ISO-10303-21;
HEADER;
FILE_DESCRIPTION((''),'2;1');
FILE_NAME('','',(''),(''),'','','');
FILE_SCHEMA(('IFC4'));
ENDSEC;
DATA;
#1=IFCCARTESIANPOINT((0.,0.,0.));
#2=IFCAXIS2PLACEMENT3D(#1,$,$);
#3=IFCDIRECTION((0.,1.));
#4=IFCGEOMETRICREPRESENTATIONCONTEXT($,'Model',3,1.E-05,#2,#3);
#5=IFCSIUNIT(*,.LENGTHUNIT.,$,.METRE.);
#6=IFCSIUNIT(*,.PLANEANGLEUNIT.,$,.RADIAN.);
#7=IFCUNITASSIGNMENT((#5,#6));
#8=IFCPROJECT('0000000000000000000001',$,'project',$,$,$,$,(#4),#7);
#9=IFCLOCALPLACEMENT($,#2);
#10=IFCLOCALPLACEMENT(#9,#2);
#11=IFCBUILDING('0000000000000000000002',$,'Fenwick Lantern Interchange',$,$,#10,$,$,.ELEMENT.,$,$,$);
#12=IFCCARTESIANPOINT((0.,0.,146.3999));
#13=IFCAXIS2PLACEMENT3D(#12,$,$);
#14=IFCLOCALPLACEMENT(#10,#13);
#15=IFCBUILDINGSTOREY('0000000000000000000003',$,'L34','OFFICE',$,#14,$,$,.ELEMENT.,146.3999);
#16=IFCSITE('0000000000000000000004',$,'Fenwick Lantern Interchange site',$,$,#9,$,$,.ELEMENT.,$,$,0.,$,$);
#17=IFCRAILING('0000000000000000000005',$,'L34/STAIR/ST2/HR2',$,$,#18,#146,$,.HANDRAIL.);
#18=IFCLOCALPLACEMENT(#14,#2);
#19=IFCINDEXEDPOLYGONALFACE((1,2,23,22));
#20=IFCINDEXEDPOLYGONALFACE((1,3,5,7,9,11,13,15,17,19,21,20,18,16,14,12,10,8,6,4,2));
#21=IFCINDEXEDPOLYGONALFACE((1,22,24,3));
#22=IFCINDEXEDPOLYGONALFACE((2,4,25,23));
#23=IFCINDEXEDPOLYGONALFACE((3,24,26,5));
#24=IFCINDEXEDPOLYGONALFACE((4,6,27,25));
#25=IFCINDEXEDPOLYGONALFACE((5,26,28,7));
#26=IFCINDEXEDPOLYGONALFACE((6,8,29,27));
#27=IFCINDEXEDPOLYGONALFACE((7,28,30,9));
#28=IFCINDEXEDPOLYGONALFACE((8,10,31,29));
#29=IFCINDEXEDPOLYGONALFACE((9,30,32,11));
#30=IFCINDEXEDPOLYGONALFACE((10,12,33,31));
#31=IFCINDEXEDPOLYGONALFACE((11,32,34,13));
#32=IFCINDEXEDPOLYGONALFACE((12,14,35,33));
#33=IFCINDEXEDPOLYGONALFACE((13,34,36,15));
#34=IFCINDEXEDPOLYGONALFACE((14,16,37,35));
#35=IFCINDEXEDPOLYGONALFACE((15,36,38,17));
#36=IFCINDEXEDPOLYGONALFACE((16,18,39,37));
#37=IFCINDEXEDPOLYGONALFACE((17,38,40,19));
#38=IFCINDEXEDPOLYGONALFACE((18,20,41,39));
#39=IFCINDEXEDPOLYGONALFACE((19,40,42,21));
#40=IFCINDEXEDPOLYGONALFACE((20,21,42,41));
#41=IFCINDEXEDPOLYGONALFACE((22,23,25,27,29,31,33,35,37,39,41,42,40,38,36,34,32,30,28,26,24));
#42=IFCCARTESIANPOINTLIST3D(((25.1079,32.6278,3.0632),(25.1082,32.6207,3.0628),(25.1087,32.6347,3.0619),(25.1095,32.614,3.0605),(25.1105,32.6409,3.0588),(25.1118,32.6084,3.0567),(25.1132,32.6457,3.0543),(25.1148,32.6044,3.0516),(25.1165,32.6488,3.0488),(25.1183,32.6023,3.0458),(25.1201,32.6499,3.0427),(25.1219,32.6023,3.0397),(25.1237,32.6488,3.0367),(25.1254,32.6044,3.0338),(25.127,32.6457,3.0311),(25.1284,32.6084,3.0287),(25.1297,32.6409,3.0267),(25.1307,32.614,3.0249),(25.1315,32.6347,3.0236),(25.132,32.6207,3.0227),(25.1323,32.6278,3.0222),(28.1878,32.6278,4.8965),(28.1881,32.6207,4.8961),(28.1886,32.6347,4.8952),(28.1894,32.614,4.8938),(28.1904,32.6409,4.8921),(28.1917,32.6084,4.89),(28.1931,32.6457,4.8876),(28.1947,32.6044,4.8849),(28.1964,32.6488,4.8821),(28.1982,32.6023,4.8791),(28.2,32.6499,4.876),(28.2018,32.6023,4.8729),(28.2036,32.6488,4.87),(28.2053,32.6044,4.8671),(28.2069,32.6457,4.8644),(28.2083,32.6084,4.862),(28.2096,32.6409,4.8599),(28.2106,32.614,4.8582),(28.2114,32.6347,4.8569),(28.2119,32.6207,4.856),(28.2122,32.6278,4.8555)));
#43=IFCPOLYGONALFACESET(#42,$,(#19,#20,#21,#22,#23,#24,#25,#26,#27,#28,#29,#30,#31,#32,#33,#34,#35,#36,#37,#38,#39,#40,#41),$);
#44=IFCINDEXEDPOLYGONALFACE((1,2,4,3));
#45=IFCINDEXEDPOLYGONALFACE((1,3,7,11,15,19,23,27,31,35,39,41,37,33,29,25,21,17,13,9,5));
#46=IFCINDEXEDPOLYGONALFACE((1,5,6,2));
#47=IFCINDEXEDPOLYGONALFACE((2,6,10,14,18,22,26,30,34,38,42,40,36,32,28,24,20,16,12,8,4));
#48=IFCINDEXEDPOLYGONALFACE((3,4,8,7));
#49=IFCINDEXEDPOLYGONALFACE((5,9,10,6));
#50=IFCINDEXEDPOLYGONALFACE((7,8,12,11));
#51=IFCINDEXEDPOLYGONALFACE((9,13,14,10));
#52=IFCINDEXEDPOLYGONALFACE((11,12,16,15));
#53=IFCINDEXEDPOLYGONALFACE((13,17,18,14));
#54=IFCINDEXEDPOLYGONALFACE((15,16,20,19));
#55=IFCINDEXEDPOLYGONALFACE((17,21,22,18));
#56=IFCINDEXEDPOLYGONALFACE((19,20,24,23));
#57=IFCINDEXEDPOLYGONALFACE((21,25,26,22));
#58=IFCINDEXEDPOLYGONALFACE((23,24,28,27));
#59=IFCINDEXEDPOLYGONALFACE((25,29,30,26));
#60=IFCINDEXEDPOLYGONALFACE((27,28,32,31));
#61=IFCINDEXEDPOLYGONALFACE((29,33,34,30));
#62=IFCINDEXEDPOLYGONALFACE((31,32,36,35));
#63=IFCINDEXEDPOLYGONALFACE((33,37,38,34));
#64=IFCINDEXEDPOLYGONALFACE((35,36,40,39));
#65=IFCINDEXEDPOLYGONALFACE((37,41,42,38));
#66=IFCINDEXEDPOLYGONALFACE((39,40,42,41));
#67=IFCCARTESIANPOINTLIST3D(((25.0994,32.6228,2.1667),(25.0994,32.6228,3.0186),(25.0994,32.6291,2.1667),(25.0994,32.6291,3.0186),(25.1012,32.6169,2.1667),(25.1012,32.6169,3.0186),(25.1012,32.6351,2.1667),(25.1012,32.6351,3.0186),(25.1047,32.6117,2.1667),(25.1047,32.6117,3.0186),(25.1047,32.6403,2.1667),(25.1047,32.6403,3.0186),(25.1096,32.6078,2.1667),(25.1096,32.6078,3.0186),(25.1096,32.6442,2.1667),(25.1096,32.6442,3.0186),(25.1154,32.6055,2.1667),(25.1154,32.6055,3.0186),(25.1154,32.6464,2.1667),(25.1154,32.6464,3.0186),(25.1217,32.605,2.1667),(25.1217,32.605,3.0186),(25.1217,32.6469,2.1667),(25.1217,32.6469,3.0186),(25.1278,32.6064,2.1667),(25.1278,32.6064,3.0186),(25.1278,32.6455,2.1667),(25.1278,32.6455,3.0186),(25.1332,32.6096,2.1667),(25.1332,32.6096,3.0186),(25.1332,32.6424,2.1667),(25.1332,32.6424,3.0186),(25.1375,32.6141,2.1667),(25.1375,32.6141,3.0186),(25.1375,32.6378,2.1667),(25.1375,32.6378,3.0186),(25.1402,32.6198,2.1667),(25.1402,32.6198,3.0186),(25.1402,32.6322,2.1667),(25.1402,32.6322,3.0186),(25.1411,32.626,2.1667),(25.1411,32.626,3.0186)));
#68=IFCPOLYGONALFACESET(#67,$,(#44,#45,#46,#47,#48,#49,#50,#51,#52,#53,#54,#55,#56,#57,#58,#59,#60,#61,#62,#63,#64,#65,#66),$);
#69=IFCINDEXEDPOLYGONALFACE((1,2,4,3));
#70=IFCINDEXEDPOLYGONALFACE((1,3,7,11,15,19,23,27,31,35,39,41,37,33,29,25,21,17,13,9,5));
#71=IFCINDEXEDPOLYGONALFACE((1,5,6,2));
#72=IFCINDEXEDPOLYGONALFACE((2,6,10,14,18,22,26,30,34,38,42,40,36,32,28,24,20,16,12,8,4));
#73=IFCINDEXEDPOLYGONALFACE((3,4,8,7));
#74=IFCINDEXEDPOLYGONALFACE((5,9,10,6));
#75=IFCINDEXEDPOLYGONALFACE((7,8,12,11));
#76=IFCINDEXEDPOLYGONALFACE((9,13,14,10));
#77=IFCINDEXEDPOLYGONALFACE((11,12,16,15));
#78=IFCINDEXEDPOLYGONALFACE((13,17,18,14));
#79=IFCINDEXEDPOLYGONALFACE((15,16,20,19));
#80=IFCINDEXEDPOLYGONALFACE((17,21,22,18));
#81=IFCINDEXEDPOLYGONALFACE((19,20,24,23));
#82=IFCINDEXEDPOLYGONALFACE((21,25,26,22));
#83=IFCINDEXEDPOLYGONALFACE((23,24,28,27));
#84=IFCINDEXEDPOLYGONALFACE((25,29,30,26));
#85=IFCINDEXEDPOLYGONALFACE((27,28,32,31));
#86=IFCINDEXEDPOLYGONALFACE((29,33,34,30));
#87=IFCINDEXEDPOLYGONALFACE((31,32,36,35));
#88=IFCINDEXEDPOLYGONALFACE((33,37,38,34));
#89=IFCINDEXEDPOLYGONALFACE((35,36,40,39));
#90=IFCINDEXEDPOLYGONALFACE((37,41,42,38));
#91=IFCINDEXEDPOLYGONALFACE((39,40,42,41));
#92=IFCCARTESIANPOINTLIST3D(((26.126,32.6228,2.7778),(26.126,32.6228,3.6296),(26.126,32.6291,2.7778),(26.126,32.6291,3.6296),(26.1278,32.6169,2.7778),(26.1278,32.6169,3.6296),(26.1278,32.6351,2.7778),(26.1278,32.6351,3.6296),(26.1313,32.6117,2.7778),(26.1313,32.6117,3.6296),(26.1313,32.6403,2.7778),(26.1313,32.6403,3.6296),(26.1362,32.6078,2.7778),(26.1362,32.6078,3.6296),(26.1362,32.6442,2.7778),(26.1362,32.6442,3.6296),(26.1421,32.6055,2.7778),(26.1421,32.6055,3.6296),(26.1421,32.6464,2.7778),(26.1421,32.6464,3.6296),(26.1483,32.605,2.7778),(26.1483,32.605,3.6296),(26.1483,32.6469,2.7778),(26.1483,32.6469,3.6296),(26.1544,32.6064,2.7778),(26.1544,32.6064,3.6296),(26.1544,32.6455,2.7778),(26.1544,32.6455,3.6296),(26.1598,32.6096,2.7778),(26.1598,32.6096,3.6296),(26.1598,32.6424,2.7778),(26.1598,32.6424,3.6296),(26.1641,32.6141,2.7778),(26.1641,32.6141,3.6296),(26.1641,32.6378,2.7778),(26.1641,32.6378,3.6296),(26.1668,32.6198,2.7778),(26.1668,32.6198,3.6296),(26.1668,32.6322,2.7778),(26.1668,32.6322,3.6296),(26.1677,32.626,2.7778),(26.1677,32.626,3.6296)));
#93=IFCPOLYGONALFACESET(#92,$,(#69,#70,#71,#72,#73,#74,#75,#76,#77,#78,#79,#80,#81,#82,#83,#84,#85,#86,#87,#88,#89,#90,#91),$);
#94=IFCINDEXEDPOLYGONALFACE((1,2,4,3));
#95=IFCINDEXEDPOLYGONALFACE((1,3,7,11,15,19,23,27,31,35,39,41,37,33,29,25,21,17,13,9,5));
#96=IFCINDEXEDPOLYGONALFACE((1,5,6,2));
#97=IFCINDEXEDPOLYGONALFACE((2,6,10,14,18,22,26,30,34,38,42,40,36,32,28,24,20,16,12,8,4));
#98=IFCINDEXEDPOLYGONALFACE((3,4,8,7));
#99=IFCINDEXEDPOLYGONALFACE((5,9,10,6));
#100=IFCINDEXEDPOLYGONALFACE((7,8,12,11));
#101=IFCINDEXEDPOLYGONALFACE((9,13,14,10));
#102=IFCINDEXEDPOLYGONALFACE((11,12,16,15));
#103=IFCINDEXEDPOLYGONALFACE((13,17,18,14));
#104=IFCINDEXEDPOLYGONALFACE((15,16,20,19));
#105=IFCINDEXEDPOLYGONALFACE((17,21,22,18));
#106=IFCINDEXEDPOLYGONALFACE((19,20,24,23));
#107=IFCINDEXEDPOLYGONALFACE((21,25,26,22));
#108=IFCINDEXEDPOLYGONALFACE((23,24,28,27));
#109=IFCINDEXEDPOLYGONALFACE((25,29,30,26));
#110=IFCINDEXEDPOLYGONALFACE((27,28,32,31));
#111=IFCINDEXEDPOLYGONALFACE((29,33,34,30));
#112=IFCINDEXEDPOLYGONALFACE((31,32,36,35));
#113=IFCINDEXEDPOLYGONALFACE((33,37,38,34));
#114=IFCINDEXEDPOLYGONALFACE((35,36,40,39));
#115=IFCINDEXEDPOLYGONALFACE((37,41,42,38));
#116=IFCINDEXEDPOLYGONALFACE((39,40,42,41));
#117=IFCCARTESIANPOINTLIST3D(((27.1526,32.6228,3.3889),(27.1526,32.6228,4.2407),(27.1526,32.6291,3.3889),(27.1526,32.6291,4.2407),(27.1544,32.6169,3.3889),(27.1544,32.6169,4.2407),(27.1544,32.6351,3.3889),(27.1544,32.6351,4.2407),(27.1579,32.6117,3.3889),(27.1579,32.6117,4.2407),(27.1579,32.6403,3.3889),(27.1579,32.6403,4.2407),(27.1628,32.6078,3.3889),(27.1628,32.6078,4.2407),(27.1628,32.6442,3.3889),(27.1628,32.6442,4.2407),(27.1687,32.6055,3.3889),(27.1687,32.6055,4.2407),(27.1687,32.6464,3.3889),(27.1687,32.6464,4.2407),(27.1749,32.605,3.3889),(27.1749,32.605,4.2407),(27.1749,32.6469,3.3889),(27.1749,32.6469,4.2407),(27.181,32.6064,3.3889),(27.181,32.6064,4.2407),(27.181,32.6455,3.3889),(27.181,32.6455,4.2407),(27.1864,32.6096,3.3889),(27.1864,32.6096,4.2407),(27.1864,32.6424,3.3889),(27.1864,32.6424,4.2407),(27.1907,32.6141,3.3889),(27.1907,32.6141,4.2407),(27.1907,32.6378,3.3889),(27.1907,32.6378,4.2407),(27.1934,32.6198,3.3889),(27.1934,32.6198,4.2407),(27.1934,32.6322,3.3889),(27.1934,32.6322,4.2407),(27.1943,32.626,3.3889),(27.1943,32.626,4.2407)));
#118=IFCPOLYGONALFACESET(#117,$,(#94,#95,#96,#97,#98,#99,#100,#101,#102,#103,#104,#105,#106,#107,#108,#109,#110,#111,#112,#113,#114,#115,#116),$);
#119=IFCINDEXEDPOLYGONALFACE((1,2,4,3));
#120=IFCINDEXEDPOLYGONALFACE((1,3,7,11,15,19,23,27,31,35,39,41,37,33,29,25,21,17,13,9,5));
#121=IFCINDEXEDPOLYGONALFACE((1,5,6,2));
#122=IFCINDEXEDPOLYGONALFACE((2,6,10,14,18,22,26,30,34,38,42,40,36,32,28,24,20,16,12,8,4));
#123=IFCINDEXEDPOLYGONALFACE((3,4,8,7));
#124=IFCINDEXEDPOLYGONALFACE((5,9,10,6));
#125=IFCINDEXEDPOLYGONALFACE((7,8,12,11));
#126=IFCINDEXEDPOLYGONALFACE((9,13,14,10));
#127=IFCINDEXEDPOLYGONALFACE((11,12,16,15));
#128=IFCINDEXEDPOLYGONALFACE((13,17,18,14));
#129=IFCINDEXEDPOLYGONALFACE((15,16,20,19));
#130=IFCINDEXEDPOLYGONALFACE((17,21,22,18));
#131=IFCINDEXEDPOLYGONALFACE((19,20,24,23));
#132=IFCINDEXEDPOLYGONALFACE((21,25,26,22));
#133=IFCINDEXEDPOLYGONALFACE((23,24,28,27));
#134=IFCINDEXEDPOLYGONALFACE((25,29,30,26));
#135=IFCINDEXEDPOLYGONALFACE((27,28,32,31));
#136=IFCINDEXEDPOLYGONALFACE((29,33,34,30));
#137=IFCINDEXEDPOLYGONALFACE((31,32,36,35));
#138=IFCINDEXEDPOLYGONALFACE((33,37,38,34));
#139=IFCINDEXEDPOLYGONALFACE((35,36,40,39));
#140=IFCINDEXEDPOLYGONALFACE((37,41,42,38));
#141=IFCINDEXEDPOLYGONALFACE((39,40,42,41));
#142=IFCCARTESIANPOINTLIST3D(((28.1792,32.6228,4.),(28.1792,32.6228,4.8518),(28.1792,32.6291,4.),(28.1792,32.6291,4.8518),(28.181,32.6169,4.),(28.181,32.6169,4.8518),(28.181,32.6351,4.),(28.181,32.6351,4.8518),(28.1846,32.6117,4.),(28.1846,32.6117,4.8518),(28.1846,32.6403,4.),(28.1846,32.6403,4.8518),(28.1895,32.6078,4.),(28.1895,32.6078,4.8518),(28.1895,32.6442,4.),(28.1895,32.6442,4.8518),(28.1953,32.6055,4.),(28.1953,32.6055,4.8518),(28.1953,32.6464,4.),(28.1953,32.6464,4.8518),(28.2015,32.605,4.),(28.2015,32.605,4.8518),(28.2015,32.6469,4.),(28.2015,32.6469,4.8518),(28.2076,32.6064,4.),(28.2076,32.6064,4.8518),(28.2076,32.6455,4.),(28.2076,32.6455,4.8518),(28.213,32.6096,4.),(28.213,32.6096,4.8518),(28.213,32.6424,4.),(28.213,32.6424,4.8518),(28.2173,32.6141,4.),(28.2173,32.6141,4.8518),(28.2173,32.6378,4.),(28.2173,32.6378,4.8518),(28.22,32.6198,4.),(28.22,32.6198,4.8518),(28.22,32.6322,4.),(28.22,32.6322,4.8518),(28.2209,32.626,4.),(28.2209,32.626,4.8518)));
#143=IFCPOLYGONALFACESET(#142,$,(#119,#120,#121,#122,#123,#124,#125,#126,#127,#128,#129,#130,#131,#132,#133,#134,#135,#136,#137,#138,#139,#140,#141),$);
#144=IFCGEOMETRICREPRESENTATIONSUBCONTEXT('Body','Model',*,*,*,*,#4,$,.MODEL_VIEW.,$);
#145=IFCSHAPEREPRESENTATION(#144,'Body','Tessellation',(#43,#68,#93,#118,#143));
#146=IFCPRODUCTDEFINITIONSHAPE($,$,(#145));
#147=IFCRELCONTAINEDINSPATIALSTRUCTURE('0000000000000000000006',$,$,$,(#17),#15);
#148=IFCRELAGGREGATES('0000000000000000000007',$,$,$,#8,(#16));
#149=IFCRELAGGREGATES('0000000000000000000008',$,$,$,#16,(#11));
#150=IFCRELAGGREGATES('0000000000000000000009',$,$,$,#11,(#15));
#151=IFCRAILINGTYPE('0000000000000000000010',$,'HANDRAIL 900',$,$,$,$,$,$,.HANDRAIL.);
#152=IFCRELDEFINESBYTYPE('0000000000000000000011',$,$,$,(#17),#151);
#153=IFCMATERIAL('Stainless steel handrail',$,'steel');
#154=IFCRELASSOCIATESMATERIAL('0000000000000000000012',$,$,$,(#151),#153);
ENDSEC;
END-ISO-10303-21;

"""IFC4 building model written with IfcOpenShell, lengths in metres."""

from ifc_helpers import new_model, si_unit, direction, frame, origin, origin_2d, place, context, subcontext, project, spatial, circle, extrude, material, type_object, element, save


model = new_model("IFC4")

# Units and contexts
model_context = context("Model", 3, precision=1e-05, world=origin(), true_north=direction((0.0, 1.0)))
body_context = subcontext(model_context, "Body", "Model", "MODEL_VIEW")
ifc_project = project(units=[si_unit("LENGTHUNIT", "METRE"), si_unit("PLANEANGLEUNIT", "RADIAN")], contexts=[model_context])

# Site, building, storey
site_placement = place(None, origin())
site = spatial("IfcSite", under=ifc_project, at=site_placement, Name="Fenwick Lantern Interchange site", CompositionType="ELEMENT", RefElevation=0.0)
building_placement = place(site_placement, origin())
building = spatial("IfcBuilding", under=site, at=building_placement, Name="Fenwick Lantern Interchange", CompositionType="ELEMENT")
storey_placement = place(building_placement, frame((0.0, 0.0, 146.3999)))
storey = spatial("IfcBuildingStorey", under=building, at=storey_placement, Name="L34", Description="OFFICE", CompositionType="ELEMENT", Elevation=146.3999)

# Railing
ifc_material_1 = material(Name="Stainless steel handrail", Category="steel")
railing_type = type_object("IfcRailingType", Name="HANDRAIL 900", PredefinedType="HANDRAIL", material=ifc_material_1)
railing_1_placement = place(storey_placement, frame((25.1201, 32.626, 2.1667)))
element("IfcRailing", 1, at=railing_1_placement, inside=storey, type_object=railing_type, Name="L34/STAIR/ST2/HR2", PredefinedType="HANDRAIL", context=body_context, shape_type="SweptSolid", body=[
    extrude(circle(Radius=0.0239, at=origin_2d()), frame((0.0, 0.0, 0.876), z_axis=(0.859291, 0.0, 0.511487), x_axis=(0.0, 1.0, 0.0)), (0.0, 0.0, 1.0), 3.5842),
    extrude(circle(Radius=0.021, at=origin_2d()), origin(), (0.0, 0.0, 1.0), 0.8518),
    extrude(circle(Radius=0.021, at=origin_2d()), frame((1.0266, 0.0, 0.6111)), (0.0, 0.0, 1.0), 0.8518),
    extrude(circle(Radius=0.021, at=origin_2d()), frame((2.0532, 0.0, 1.2222)), (0.0, 0.0, 1.0), 0.8518),
    extrude(circle(Radius=0.021, at=origin_2d()), frame((3.0798, 0.0, 1.8333)), (0.0, 0.0, 1.0), 0.8518),
])

save(model, "model.ifc")
